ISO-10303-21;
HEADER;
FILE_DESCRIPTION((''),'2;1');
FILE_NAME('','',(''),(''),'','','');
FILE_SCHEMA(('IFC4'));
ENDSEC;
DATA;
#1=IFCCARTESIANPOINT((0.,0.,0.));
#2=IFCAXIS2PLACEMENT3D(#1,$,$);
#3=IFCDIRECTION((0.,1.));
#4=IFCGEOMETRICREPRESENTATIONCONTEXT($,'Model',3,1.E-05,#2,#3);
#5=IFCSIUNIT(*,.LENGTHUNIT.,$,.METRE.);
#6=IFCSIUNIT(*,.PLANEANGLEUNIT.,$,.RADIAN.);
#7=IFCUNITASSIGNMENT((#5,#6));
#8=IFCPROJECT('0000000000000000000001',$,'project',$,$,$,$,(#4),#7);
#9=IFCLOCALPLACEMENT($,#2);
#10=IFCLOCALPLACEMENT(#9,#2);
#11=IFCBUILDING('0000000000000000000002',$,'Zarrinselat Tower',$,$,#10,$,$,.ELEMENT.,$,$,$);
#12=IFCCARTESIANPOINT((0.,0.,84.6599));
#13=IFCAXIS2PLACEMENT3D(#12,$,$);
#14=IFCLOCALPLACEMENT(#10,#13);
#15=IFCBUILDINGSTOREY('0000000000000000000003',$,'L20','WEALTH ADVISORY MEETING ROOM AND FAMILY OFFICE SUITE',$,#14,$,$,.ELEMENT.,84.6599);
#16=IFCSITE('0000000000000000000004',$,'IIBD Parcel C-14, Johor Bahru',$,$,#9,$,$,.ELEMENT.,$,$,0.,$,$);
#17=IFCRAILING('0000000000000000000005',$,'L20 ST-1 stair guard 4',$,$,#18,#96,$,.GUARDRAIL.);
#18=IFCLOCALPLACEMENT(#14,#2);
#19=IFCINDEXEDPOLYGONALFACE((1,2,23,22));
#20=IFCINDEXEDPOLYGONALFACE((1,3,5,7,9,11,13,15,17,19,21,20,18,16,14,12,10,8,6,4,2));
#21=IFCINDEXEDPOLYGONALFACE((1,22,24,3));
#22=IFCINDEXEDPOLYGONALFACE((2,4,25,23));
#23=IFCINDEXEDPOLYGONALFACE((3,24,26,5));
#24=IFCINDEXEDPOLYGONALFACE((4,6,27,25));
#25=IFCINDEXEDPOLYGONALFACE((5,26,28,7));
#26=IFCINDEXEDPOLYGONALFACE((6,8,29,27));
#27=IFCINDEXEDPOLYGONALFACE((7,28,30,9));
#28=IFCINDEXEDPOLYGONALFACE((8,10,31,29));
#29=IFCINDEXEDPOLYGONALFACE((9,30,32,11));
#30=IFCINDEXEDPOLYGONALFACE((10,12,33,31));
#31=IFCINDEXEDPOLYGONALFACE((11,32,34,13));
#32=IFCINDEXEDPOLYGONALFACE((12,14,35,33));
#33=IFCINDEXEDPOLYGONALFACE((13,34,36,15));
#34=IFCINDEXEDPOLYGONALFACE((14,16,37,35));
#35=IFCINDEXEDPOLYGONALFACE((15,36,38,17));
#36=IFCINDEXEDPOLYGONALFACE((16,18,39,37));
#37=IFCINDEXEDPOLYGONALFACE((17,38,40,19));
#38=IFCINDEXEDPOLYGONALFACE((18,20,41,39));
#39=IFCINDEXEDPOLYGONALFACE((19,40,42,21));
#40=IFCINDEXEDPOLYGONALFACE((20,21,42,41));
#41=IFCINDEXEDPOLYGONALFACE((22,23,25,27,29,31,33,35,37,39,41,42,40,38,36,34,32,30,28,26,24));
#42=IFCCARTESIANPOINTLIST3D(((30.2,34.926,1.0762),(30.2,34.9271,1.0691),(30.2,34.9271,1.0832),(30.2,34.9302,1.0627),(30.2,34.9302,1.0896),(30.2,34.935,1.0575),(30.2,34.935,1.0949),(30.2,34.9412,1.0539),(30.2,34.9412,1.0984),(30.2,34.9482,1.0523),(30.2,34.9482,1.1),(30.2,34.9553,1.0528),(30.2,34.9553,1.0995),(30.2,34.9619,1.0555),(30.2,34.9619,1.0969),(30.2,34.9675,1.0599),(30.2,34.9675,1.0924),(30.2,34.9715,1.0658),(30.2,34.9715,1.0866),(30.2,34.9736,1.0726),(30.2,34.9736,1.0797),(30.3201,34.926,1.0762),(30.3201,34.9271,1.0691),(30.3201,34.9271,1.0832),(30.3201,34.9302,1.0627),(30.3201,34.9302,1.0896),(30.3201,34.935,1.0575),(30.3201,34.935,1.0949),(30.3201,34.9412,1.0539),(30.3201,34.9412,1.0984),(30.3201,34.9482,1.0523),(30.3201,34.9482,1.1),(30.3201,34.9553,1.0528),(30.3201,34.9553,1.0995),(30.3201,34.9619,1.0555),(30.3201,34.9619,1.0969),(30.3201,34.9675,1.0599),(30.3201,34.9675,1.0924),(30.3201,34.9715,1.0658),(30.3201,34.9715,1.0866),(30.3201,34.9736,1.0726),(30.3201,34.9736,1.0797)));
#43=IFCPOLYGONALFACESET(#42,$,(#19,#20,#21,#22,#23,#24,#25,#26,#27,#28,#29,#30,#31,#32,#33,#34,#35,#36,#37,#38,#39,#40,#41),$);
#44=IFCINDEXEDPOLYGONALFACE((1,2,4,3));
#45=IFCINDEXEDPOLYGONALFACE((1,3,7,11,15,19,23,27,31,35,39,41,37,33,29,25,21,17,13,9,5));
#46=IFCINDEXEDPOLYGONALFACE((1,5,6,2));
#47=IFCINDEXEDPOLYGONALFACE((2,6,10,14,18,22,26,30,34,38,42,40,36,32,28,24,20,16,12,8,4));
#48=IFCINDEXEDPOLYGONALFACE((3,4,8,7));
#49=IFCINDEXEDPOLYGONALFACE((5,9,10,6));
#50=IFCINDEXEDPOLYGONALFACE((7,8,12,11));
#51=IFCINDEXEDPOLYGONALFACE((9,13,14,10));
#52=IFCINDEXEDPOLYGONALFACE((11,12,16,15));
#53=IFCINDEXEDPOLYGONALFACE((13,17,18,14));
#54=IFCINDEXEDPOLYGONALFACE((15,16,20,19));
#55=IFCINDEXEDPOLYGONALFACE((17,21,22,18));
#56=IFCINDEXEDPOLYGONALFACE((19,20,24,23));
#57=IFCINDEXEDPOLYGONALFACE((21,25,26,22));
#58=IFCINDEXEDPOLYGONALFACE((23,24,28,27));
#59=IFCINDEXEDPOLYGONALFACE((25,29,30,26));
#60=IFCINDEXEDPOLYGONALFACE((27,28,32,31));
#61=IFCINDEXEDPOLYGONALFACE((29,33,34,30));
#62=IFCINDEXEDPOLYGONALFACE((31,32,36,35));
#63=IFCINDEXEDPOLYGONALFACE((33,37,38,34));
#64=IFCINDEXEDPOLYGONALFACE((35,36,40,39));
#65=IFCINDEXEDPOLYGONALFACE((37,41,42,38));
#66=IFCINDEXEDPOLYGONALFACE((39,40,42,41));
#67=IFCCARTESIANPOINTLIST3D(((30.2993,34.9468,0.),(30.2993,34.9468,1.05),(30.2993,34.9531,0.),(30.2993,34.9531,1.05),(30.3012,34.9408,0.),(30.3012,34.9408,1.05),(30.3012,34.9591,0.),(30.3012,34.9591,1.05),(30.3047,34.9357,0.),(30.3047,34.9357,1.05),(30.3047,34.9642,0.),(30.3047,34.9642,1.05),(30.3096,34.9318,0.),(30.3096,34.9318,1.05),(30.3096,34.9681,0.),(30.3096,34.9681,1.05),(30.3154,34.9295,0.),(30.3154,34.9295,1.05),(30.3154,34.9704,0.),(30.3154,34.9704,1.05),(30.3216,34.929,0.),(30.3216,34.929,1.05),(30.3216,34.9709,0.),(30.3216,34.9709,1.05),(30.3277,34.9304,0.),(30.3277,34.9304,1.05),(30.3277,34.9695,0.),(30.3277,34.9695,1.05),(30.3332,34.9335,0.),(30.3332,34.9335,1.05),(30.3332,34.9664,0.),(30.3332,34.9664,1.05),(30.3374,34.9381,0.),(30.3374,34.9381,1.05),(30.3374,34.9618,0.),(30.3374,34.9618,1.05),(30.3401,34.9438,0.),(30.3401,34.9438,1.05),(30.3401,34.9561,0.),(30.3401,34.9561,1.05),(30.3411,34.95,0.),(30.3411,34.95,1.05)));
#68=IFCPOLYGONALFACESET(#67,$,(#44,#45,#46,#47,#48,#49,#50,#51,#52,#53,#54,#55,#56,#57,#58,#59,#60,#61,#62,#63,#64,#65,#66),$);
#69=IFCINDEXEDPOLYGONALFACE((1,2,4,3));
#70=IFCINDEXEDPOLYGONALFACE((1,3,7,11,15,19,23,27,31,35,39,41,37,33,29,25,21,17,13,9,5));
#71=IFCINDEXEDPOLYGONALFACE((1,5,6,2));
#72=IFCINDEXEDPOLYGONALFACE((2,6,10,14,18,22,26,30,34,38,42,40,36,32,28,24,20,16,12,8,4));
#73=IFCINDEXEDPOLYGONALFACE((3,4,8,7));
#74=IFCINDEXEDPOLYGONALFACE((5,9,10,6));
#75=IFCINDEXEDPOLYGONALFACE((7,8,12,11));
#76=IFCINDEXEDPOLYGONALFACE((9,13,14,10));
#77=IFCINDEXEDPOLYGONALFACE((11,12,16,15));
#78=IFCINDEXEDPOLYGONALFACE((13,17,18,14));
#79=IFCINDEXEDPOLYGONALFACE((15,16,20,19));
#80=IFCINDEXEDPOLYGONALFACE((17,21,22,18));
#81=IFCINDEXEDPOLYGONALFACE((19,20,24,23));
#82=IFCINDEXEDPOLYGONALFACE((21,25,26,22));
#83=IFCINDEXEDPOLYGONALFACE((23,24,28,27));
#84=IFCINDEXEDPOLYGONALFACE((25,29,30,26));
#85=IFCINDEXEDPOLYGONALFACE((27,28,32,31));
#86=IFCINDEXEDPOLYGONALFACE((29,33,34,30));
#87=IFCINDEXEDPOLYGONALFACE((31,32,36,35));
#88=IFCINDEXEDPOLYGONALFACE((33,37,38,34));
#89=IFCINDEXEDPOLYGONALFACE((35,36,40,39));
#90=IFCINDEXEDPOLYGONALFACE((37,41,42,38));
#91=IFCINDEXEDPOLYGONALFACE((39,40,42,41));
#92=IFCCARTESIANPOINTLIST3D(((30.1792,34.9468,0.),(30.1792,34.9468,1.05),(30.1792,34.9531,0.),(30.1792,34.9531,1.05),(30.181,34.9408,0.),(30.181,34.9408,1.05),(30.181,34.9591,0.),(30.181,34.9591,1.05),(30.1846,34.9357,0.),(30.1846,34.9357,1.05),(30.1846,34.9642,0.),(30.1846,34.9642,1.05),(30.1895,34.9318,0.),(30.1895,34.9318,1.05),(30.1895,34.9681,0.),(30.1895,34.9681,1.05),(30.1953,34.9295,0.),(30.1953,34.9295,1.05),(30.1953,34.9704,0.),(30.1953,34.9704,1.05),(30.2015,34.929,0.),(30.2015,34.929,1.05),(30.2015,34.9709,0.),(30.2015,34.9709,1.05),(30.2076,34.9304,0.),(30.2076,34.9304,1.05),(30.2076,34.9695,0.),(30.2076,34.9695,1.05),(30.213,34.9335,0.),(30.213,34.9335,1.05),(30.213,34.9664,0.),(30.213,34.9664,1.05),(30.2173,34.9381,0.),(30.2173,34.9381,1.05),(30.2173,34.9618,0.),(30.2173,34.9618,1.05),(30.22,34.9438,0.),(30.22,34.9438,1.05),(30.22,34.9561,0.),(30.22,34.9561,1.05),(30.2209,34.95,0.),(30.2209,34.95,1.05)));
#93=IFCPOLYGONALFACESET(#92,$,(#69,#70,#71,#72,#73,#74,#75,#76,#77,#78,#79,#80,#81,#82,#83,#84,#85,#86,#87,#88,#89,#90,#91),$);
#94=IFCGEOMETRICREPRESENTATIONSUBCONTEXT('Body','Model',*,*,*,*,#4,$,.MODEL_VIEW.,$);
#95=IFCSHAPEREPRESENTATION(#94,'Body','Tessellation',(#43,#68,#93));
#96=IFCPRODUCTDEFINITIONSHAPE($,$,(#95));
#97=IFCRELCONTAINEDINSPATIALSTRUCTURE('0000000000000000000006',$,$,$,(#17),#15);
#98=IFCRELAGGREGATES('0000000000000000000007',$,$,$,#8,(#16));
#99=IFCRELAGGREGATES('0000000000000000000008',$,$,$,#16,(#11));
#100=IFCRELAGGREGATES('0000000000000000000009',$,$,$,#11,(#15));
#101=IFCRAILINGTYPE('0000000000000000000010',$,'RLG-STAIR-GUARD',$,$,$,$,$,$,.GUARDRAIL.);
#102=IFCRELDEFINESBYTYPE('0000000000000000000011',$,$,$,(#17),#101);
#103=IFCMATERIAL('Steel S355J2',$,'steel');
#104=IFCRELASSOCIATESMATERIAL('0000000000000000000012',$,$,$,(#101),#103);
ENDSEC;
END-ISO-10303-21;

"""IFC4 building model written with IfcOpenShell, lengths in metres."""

from ifc_helpers import new_model, si_unit, direction, frame, origin, origin_2d, place, context, subcontext, project, spatial, circle, extrude, material, type_object, element, save


model = new_model("IFC4")

# Units and contexts
model_context = context("Model", 3, precision=1e-05, world=origin(), true_north=direction((0.0, 1.0)))
body_context = subcontext(model_context, "Body", "Model", "MODEL_VIEW")
ifc_project = project(units=[si_unit("LENGTHUNIT", "METRE"), si_unit("PLANEANGLEUNIT", "RADIAN")], contexts=[model_context])

# Site, building, storey
site_placement = place(None, origin())
site = spatial("IfcSite", under=ifc_project, at=site_placement, Name="IIBD Parcel C-14, Johor Bahru", CompositionType="ELEMENT", RefElevation=0.0)
building_placement = place(site_placement, origin())
building = spatial("IfcBuilding", under=site, at=building_placement, Name="Zarrinselat Tower", CompositionType="ELEMENT")
storey_placement = place(building_placement, frame((0.0, 0.0, 84.6599)))
storey = spatial("IfcBuildingStorey", under=building, at=storey_placement, Name="L20", Description="WEALTH ADVISORY MEETING ROOM AND FAMILY OFFICE SUITE", CompositionType="ELEMENT", Elevation=84.6599)

# Railing
ifc_material_1 = material(Name="Steel S355J2", Category="steel")
railing_type_1 = type_object("IfcRailingType", Name="RLG-STAIR-GUARD", PredefinedType="GUARDRAIL", material=ifc_material_1)
railing_1_placement = place(storey_placement, frame((30.3201, 34.95, 0.0)))
element("IfcRailing", 1, at=railing_1_placement, inside=storey, type_object=railing_type_1, Name="L20 ST-1 stair guard 4", PredefinedType="GUARDRAIL", context=body_context, shape_type="SweptSolid", body=[
    extrude(circle(Radius=0.0239, at=origin_2d()), frame((0.0, 0.0, 1.0762), z_axis=(-1.0, 0.0, 0.0), x_axis=(0.0, -1.0, 0.0)), (0.0, 0.0, 1.0), 0.1201),
    extrude(circle(Radius=0.021, at=origin_2d()), origin(), (0.0, 0.0, 1.0), 1.05),
    extrude(circle(Radius=0.021, at=origin_2d()), frame((-0.1201, 0.0, 0.0)), (0.0, 0.0, 1.0), 1.05),
])

save(model, "model.ifc")
